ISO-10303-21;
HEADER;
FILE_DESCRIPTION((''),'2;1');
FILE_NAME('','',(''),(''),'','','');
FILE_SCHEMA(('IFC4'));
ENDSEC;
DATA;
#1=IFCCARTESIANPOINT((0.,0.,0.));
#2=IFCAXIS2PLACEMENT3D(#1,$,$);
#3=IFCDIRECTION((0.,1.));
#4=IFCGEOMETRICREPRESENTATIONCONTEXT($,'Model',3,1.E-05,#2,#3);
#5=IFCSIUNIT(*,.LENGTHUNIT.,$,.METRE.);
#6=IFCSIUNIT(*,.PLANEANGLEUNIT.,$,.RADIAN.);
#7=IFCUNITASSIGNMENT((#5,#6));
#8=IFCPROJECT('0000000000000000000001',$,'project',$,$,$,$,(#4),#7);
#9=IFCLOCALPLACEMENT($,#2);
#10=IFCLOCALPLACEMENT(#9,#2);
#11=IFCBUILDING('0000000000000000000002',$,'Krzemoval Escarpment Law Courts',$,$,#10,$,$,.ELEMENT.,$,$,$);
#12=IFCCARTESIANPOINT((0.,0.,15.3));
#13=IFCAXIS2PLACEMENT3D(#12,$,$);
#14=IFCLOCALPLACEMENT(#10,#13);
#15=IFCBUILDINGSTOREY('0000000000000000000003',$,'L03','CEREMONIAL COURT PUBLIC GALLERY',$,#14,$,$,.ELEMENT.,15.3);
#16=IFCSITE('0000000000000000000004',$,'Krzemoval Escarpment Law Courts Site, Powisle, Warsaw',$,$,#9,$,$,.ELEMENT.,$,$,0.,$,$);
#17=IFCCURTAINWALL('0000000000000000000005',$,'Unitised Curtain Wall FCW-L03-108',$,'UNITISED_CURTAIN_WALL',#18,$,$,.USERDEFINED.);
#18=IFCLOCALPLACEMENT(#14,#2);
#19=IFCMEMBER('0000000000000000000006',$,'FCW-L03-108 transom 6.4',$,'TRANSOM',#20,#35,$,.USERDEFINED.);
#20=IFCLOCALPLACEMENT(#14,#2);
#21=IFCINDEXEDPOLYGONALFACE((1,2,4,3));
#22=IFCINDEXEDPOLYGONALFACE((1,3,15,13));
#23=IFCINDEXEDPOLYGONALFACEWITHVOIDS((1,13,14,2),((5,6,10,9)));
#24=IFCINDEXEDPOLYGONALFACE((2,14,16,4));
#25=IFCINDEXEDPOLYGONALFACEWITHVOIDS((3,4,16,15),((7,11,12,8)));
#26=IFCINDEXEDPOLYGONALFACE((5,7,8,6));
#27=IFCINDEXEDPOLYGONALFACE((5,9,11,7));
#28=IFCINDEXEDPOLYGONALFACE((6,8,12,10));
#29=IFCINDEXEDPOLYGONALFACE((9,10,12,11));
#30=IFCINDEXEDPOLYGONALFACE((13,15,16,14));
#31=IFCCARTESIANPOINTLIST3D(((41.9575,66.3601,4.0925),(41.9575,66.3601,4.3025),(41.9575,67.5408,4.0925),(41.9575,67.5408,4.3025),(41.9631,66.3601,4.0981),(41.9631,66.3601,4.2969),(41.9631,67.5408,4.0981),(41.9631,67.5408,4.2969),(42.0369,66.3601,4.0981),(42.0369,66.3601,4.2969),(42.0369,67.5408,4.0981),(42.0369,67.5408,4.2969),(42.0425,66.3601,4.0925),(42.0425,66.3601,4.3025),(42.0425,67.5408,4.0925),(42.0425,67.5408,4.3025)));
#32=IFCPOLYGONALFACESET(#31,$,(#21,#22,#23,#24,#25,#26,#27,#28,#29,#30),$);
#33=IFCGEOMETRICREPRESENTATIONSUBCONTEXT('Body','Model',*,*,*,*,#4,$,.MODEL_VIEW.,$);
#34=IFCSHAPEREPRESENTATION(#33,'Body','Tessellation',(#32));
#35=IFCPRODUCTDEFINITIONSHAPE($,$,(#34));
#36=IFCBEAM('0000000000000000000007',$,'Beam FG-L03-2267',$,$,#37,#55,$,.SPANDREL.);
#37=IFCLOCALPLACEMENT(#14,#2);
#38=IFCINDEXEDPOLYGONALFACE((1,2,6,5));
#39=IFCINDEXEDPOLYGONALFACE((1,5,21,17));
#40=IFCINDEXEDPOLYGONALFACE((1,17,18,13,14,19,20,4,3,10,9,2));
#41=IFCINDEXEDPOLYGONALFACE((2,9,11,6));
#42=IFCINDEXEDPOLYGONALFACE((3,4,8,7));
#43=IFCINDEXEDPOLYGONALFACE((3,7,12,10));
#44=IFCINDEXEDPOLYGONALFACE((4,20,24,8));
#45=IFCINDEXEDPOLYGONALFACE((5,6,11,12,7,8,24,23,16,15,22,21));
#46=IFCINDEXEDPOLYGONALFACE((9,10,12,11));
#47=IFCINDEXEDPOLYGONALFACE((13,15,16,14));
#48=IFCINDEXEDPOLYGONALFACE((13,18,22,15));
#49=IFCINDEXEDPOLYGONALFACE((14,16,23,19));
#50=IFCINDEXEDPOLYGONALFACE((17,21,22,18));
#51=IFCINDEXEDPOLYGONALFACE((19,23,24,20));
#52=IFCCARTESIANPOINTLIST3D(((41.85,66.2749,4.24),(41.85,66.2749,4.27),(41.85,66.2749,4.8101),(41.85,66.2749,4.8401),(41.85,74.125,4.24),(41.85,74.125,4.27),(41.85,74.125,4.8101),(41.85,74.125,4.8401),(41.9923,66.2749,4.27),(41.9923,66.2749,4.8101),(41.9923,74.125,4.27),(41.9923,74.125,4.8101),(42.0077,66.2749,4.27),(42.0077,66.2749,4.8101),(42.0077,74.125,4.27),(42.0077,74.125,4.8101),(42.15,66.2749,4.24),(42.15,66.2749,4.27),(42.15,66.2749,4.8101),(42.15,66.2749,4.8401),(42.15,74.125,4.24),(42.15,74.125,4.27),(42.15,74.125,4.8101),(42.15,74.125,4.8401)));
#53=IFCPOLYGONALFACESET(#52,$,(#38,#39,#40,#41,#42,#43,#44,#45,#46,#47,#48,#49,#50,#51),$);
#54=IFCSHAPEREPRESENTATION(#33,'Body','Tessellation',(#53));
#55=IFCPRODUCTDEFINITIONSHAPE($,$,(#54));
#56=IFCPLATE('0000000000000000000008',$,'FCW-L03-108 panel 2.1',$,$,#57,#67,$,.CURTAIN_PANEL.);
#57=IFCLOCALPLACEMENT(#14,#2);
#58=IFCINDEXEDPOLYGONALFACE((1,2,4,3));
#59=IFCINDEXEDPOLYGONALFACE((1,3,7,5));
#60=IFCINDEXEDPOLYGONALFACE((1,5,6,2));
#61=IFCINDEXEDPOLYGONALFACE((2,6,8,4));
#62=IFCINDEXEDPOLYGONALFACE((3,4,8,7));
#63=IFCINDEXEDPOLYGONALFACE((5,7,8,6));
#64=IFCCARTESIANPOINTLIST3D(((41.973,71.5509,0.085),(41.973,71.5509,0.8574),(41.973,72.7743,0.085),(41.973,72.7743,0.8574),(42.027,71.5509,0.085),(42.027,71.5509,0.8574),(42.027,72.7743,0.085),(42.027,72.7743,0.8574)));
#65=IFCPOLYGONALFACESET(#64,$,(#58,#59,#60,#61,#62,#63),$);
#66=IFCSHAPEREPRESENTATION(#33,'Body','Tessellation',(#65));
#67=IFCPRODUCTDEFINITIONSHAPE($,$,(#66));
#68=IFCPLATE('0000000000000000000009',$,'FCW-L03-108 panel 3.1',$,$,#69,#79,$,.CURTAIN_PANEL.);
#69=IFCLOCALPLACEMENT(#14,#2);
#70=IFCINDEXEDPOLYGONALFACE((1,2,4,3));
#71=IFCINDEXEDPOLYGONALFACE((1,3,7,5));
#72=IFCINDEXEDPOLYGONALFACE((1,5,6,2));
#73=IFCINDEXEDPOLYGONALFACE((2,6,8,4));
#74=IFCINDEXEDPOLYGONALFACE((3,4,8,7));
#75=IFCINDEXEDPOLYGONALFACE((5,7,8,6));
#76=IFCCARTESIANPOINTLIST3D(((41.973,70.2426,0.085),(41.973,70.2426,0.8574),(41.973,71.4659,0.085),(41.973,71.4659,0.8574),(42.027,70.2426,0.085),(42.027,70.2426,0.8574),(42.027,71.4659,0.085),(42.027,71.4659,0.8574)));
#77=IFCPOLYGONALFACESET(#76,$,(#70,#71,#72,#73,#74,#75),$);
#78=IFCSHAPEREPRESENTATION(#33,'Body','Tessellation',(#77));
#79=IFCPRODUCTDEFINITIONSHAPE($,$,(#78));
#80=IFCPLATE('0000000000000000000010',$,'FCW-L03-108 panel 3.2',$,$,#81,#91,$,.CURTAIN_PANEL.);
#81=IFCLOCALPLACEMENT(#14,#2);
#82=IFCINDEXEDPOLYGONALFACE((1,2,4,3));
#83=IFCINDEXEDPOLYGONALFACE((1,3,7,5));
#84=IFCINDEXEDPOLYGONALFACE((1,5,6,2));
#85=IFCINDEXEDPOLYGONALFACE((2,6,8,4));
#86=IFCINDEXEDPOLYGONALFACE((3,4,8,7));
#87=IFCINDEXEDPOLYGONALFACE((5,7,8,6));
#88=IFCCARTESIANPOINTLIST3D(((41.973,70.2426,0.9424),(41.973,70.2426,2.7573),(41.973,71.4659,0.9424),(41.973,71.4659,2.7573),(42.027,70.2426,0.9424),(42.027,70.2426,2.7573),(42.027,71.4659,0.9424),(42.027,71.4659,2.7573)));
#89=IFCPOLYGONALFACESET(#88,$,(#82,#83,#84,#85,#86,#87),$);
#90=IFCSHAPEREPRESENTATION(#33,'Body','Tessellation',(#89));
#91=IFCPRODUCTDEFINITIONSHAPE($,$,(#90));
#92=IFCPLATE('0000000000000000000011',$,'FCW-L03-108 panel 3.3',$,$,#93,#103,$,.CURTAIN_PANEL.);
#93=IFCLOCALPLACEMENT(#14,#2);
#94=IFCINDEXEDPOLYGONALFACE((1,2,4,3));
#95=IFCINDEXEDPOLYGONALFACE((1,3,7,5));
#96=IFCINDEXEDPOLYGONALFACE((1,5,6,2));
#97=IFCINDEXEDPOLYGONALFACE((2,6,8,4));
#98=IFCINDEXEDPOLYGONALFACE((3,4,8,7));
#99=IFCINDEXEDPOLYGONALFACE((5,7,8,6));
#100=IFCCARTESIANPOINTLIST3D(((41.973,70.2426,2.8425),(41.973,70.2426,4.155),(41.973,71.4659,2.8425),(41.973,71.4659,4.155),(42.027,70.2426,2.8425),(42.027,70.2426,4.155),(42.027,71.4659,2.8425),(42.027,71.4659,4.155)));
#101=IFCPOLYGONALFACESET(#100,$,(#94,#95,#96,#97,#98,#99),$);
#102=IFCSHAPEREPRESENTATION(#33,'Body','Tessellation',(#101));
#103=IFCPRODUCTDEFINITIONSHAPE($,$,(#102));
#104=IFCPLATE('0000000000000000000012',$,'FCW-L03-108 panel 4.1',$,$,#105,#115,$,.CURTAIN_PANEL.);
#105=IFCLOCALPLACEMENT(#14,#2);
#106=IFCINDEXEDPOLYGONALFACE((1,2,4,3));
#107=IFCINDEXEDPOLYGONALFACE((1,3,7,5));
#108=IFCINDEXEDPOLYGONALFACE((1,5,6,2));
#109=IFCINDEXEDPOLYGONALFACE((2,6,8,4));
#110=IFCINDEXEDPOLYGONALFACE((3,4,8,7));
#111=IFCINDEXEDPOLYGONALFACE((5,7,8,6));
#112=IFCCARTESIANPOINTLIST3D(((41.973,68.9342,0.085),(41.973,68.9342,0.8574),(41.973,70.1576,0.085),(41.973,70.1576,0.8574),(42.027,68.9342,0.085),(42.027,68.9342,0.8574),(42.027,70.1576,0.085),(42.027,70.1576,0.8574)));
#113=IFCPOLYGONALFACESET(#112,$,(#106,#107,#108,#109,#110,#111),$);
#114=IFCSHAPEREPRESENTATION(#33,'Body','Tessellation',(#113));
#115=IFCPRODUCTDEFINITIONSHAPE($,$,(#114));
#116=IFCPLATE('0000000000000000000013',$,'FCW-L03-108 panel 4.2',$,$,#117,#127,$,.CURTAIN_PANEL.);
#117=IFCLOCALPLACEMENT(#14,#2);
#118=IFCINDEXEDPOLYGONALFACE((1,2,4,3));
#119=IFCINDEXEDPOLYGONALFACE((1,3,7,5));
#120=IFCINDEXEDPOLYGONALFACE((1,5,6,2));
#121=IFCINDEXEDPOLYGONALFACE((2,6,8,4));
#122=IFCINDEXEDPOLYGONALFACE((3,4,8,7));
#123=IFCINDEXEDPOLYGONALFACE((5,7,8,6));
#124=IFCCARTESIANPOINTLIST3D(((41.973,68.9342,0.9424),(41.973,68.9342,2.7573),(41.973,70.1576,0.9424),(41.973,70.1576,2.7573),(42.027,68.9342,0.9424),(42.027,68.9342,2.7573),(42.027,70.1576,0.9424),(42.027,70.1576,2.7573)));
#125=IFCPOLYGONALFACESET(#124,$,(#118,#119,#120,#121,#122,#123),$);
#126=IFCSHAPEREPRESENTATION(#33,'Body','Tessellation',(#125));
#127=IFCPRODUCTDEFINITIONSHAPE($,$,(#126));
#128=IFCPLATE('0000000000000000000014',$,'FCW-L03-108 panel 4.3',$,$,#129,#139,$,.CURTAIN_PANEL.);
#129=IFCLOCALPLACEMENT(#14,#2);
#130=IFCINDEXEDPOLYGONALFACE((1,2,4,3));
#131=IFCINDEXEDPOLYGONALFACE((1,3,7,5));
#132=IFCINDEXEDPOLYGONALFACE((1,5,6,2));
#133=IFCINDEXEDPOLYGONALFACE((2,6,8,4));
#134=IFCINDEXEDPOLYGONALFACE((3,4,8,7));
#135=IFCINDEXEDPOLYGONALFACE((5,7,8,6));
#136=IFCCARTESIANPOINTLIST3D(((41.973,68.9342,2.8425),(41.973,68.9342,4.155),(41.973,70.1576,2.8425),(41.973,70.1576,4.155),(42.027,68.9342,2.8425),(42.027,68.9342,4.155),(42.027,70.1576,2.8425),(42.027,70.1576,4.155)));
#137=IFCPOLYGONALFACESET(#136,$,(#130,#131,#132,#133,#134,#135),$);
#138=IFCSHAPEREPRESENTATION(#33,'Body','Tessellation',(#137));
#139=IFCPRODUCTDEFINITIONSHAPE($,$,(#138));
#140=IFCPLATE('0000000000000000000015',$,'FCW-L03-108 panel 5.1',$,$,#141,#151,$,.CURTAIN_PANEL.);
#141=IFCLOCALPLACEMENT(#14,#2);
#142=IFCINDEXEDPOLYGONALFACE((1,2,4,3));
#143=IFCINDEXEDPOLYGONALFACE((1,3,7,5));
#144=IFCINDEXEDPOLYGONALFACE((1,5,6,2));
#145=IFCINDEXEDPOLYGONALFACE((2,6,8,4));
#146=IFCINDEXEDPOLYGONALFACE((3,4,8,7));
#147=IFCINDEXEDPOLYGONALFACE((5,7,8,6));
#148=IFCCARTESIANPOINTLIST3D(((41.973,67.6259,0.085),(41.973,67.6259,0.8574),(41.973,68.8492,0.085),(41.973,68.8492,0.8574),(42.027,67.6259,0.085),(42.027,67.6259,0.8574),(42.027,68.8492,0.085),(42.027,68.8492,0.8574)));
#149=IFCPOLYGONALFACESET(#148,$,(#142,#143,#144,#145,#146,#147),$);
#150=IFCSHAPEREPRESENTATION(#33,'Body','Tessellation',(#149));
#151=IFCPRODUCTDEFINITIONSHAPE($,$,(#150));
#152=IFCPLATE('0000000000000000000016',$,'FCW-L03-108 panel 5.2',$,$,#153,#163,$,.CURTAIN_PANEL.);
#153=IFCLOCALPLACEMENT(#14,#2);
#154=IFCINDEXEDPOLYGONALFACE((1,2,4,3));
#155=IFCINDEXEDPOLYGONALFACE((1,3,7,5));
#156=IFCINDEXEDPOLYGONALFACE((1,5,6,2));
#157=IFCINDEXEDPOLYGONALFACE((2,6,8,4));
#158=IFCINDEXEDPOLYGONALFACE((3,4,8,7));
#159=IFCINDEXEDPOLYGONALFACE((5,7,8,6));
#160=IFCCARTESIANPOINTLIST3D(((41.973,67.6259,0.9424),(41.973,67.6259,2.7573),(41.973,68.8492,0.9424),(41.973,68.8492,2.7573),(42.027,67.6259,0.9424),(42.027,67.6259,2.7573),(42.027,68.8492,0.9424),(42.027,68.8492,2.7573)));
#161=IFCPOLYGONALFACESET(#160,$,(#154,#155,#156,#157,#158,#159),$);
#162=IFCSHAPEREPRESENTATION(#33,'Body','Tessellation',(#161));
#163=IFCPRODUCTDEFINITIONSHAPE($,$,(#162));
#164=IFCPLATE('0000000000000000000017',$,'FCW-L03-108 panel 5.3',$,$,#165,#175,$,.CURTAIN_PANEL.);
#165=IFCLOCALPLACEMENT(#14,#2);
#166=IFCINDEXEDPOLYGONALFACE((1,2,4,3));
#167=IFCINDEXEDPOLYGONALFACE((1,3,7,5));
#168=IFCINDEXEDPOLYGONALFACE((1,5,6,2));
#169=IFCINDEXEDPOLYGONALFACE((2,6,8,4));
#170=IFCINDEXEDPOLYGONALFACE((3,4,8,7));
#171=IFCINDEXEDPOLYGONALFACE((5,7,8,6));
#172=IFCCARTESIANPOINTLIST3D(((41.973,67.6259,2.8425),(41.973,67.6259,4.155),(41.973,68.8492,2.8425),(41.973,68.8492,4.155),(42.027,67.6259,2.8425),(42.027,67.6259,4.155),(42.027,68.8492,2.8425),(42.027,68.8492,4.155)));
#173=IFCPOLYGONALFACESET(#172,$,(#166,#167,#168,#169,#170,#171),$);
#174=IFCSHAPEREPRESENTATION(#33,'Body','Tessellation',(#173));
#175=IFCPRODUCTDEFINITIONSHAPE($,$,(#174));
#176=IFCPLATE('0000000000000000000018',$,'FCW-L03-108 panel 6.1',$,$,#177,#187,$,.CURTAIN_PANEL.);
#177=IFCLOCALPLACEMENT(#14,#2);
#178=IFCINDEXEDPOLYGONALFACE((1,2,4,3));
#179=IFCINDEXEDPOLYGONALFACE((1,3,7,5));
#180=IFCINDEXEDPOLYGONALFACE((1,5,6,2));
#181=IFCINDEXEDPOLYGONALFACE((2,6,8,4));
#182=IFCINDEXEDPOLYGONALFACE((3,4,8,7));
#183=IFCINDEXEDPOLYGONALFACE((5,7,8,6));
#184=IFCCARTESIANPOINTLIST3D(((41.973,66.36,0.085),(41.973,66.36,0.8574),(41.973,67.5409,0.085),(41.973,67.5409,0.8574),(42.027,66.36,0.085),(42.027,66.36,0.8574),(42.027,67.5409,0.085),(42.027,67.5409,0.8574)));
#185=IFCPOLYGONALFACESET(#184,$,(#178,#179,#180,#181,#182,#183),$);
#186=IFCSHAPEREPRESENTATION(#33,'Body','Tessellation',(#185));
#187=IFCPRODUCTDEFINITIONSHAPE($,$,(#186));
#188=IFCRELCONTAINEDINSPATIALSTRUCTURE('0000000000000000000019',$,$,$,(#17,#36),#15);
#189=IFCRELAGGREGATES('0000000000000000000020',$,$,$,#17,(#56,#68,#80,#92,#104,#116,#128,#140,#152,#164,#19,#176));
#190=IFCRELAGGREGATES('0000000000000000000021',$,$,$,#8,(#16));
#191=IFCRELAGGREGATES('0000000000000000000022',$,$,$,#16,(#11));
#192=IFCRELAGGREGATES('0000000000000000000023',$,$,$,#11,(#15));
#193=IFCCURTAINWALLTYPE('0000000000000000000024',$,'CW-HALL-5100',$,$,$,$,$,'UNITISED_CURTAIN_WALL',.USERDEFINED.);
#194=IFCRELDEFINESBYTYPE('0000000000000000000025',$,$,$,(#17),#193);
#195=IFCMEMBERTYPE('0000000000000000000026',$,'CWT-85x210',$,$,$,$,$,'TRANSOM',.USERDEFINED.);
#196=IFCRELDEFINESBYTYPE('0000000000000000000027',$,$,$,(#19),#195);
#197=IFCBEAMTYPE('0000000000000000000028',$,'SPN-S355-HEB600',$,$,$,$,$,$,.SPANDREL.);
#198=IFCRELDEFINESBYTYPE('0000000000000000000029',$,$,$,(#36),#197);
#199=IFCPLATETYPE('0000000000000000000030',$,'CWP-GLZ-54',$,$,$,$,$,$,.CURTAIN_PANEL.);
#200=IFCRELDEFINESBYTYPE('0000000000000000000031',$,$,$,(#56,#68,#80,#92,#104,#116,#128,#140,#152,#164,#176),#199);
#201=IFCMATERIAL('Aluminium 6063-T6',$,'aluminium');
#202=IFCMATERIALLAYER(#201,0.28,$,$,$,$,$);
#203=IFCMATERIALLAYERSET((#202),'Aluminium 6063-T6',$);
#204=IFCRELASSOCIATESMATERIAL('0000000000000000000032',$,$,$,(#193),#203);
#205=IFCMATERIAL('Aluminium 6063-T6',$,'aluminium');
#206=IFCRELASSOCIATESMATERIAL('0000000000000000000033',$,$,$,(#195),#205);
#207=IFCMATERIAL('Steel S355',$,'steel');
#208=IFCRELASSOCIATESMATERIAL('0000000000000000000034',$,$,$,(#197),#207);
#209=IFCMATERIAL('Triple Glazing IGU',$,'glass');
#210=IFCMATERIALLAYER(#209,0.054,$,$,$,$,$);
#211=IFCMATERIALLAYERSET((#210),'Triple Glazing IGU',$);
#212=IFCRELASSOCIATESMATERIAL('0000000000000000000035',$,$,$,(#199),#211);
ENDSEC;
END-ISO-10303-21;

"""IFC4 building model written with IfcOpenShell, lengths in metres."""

from ifc_helpers import new_model, si_unit, direction, frame, origin, origin_2d, place, context, subcontext, project, spatial, rectangle, hollow_rectangle, i_section, extrude, material, layer, layer_set, material_profile, profile_set, type_object, element, aggregate, save


model = new_model("IFC4")

# Units and contexts
model_context = context("Model", 3, precision=1e-05, world=origin(), true_north=direction((0.0, 1.0)))
body_context = subcontext(model_context, "Body", "Model", "MODEL_VIEW")
ifc_project = project(units=[si_unit("LENGTHUNIT", "METRE"), si_unit("PLANEANGLEUNIT", "RADIAN")], contexts=[model_context])

# Site, building, storey
site_placement = place(None, origin())
site = spatial("IfcSite", under=ifc_project, at=site_placement, Name="Krzemoval Escarpment Law Courts Site, Powisle, Warsaw", CompositionType="ELEMENT", RefElevation=0.0)
building_placement = place(site_placement, origin())
building = spatial("IfcBuilding", under=site, at=building_placement, Name="Krzemoval Escarpment Law Courts", CompositionType="ELEMENT")
storey_placement = place(building_placement, frame((0.0, 0.0, 15.3)))
storey = spatial("IfcBuildingStorey", under=building, at=storey_placement, Name="L03", Description="CEREMONIAL COURT PUBLIC GALLERY", CompositionType="ELEMENT", Elevation=15.3)

# Curtain wall
ifc_material_1 = material(Name="Aluminium 6063-T6", Category="aluminium")
ifc_layer_1 = layer(ifc_material_1, 0.28)
ifc_layer_set_1 = layer_set([ifc_layer_1], Name="Aluminium 6063-T6")
curtain_wall_type = type_object("IfcCurtainWallType", Name="CW-HALL-5100", ElementType="UNITISED_CURTAIN_WALL", PredefinedType="USERDEFINED", material=ifc_layer_set_1)
curtain_wall_1_placement = place(storey_placement, origin())
curtain_wall_1 = element("IfcCurtainWall", 1, at=curtain_wall_1_placement, inside=storey, type_object=curtain_wall_type, Name="Unitised Curtain Wall FCW-L03-108", ObjectType="UNITISED_CURTAIN_WALL", PredefinedType="USERDEFINED")

# Member
ifc_material_2 = material(Name="Aluminium 6063-T6", Category="aluminium")
ifc_material_profile_1 = material_profile(ifc_material_2, hollow_rectangle(XDim=0.085, YDim=0.21, WallThickness=0.0056, at=origin_2d()), Name="ALU T85x210")
ifc_profile_set_1 = profile_set([ifc_material_profile_1], Name="Aluminium 6063-T6")
member_type_1 = type_object("IfcMemberType", Name="CWT-85x210", ElementType="TRANSOM", PredefinedType="USERDEFINED", material=ifc_profile_set_1)
member_1_placement = place(storey_placement, frame((42.0, 67.5408, 4.1975), z_axis=(0.0, -1.0, 0.0), x_axis=(1.0, 0.0, 0.0)))
member_1 = element("IfcMember", 2, at=member_1_placement, type_object=member_type_1, Name="FCW-L03-108 transom 6.4", ObjectType="TRANSOM", PredefinedType="USERDEFINED", context=body_context, shape_type="SweptSolid", body=[
    extrude(hollow_rectangle(XDim=0.085, YDim=0.21, WallThickness=0.0056, at=origin_2d()), origin(), (0.0, 0.0, 1.0), 1.1807),
])

# Beam
ifc_material_3 = material(Name="Steel S355", Category="steel")
ifc_material_profile_2 = material_profile(ifc_material_3, i_section(OverallWidth=0.3, OverallDepth=0.6001, WebThickness=0.0154, FlangeThickness=0.03, at=origin_2d()), Name="HEB 600")
ifc_profile_set_2 = profile_set([ifc_material_profile_2], Name="Steel S355")
beam_type = type_object("IfcBeamType", Name="SPN-S355-HEB600", PredefinedType="SPANDREL", material=ifc_profile_set_2)
beam_placement = place(storey_placement, frame((42.0, 66.2749, 4.54), z_axis=(0.0, 1.0, 0.0), x_axis=(-1.0, 0.0, 0.0)))
element("IfcBeam", 3, at=beam_placement, inside=storey, type_object=beam_type, Name="Beam FG-L03-2267", PredefinedType="SPANDREL", context=body_context, shape_type="SweptSolid", body=[
    extrude(i_section(OverallWidth=0.3, OverallDepth=0.6001, WebThickness=0.0154, FlangeThickness=0.03, at=origin_2d()), origin(), (0.0, 0.0, 1.0), 7.8501),
])

# Plates
ifc_material_4 = material(Name="Triple Glazing IGU", Category="glass")
ifc_layer_2 = layer(ifc_material_4, 0.054)
ifc_layer_set_2 = layer_set([ifc_layer_2], Name="Triple Glazing IGU")
plate_type = type_object("IfcPlateType", Name="CWP-GLZ-54", PredefinedType="CURTAIN_PANEL", material=ifc_layer_set_2)
plate_1_placement = place(storey_placement, frame((42.0, 72.1626, 0.085), z_axis=(0.0, 0.0, 1.0), x_axis=(0.0, -1.0, 0.0)))
plate_1 = element("IfcPlate", 4, at=plate_1_placement, type_object=plate_type, Name="FCW-L03-108 panel 2.1", PredefinedType="CURTAIN_PANEL", context=body_context, shape_type="SweptSolid", body=[
    extrude(rectangle(XDim=1.2234, YDim=0.054, at=origin_2d()), origin(), (0.0, 0.0, 1.0), 0.7725),
])
plate_2_placement = place(storey_placement, frame((42.0, 70.8542, 0.085), z_axis=(0.0, 0.0, 1.0), x_axis=(0.0, -1.0, 0.0)))
plate_2 = element("IfcPlate", 5, at=plate_2_placement, type_object=plate_type, Name="FCW-L03-108 panel 3.1", PredefinedType="CURTAIN_PANEL", context=body_context, shape_type="SweptSolid", body=[
    extrude(rectangle(XDim=1.2234, YDim=0.054, at=origin_2d()), origin(), (0.0, 0.0, 1.0), 0.7725),
])
plate_3_placement = place(storey_placement, frame((42.0, 70.8542, 0.9424), z_axis=(0.0, 0.0, 1.0), x_axis=(0.0, -1.0, 0.0)))
plate_3 = element("IfcPlate", 6, at=plate_3_placement, type_object=plate_type, Name="FCW-L03-108 panel 3.2", PredefinedType="CURTAIN_PANEL", context=body_context, shape_type="SweptSolid", body=[
    extrude(rectangle(XDim=1.2234, YDim=0.054, at=origin_2d()), origin(), (0.0, 0.0, 1.0), 1.8149),
])
plate_4_placement = place(storey_placement, frame((42.0, 70.8542, 2.8425), z_axis=(0.0, 0.0, 1.0), x_axis=(0.0, -1.0, 0.0)))
plate_4 = element("IfcPlate", 7, at=plate_4_placement, type_object=plate_type, Name="FCW-L03-108 panel 3.3", PredefinedType="CURTAIN_PANEL", context=body_context, shape_type="SweptSolid", body=[
    extrude(rectangle(XDim=1.2234, YDim=0.054, at=origin_2d()), origin(), (0.0, 0.0, 1.0), 1.3125),
])
plate_5_placement = place(storey_placement, frame((42.0, 69.5459, 0.085), z_axis=(0.0, 0.0, 1.0), x_axis=(0.0, -1.0, 0.0)))
plate_5 = element("IfcPlate", 8, at=plate_5_placement, type_object=plate_type, Name="FCW-L03-108 panel 4.1", PredefinedType="CURTAIN_PANEL", context=body_context, shape_type="SweptSolid", body=[
    extrude(rectangle(XDim=1.2234, YDim=0.054, at=origin_2d()), origin(), (0.0, 0.0, 1.0), 0.7725),
])
plate_6_placement = place(storey_placement, frame((42.0, 69.5459, 0.9424), z_axis=(0.0, 0.0, 1.0), x_axis=(0.0, -1.0, 0.0)))
plate_6 = element("IfcPlate", 9, at=plate_6_placement, type_object=plate_type, Name="FCW-L03-108 panel 4.2", PredefinedType="CURTAIN_PANEL", context=body_context, shape_type="SweptSolid", body=[
    extrude(rectangle(XDim=1.2234, YDim=0.054, at=origin_2d()), origin(), (0.0, 0.0, 1.0), 1.8149),
])
plate_7_placement = place(storey_placement, frame((42.0, 69.5459, 2.8425), z_axis=(0.0, 0.0, 1.0), x_axis=(0.0, -1.0, 0.0)))
plate_7 = element("IfcPlate", 10, at=plate_7_placement, type_object=plate_type, Name="FCW-L03-108 panel 4.3", PredefinedType="CURTAIN_PANEL", context=body_context, shape_type="SweptSolid", body=[
    extrude(rectangle(XDim=1.2234, YDim=0.054, at=origin_2d()), origin(), (0.0, 0.0, 1.0), 1.3125),
])
plate_8_placement = place(storey_placement, frame((42.0, 68.2375, 0.085), z_axis=(0.0, 0.0, 1.0), x_axis=(0.0, -1.0, 0.0)))
plate_8 = element("IfcPlate", 11, at=plate_8_placement, type_object=plate_type, Name="FCW-L03-108 panel 5.1", PredefinedType="CURTAIN_PANEL", context=body_context, shape_type="SweptSolid", body=[
    extrude(rectangle(XDim=1.2234, YDim=0.054, at=origin_2d()), origin(), (0.0, 0.0, 1.0), 0.7725),
])
plate_9_placement = place(storey_placement, frame((42.0, 68.2375, 0.9424), z_axis=(0.0, 0.0, 1.0), x_axis=(0.0, -1.0, 0.0)))
plate_9 = element("IfcPlate", 12, at=plate_9_placement, type_object=plate_type, Name="FCW-L03-108 panel 5.2", PredefinedType="CURTAIN_PANEL", context=body_context, shape_type="SweptSolid", body=[
    extrude(rectangle(XDim=1.2234, YDim=0.054, at=origin_2d()), origin(), (0.0, 0.0, 1.0), 1.8149),
])
plate_10_placement = place(storey_placement, frame((42.0, 68.2375, 2.8425), z_axis=(0.0, 0.0, 1.0), x_axis=(0.0, -1.0, 0.0)))
plate_10 = element("IfcPlate", 13, at=plate_10_placement, type_object=plate_type, Name="FCW-L03-108 panel 5.3", PredefinedType="CURTAIN_PANEL", context=body_context, shape_type="SweptSolid", body=[
    extrude(rectangle(XDim=1.2234, YDim=0.054, at=origin_2d()), origin(), (0.0, 0.0, 1.0), 1.3125),
])
plate_11_placement = place(storey_placement, frame((42.0, 66.9504, 0.085), z_axis=(0.0, 0.0, 1.0), x_axis=(0.0, -1.0, 0.0)))
plate_11 = element("IfcPlate", 14, at=plate_11_placement, type_object=plate_type, Name="FCW-L03-108 panel 6.1", PredefinedType="CURTAIN_PANEL", context=body_context, shape_type="SweptSolid", body=[
    extrude(rectangle(XDim=1.1809, YDim=0.054, at=origin_2d()), origin(), (0.0, 0.0, 1.0), 0.7725),
])
aggregate(curtain_wall_1, [plate_1, plate_2, plate_3, plate_4, plate_5, plate_6, plate_7, plate_8, plate_9, plate_10, member_1, plate_11])

save(model, "model.ifc")
